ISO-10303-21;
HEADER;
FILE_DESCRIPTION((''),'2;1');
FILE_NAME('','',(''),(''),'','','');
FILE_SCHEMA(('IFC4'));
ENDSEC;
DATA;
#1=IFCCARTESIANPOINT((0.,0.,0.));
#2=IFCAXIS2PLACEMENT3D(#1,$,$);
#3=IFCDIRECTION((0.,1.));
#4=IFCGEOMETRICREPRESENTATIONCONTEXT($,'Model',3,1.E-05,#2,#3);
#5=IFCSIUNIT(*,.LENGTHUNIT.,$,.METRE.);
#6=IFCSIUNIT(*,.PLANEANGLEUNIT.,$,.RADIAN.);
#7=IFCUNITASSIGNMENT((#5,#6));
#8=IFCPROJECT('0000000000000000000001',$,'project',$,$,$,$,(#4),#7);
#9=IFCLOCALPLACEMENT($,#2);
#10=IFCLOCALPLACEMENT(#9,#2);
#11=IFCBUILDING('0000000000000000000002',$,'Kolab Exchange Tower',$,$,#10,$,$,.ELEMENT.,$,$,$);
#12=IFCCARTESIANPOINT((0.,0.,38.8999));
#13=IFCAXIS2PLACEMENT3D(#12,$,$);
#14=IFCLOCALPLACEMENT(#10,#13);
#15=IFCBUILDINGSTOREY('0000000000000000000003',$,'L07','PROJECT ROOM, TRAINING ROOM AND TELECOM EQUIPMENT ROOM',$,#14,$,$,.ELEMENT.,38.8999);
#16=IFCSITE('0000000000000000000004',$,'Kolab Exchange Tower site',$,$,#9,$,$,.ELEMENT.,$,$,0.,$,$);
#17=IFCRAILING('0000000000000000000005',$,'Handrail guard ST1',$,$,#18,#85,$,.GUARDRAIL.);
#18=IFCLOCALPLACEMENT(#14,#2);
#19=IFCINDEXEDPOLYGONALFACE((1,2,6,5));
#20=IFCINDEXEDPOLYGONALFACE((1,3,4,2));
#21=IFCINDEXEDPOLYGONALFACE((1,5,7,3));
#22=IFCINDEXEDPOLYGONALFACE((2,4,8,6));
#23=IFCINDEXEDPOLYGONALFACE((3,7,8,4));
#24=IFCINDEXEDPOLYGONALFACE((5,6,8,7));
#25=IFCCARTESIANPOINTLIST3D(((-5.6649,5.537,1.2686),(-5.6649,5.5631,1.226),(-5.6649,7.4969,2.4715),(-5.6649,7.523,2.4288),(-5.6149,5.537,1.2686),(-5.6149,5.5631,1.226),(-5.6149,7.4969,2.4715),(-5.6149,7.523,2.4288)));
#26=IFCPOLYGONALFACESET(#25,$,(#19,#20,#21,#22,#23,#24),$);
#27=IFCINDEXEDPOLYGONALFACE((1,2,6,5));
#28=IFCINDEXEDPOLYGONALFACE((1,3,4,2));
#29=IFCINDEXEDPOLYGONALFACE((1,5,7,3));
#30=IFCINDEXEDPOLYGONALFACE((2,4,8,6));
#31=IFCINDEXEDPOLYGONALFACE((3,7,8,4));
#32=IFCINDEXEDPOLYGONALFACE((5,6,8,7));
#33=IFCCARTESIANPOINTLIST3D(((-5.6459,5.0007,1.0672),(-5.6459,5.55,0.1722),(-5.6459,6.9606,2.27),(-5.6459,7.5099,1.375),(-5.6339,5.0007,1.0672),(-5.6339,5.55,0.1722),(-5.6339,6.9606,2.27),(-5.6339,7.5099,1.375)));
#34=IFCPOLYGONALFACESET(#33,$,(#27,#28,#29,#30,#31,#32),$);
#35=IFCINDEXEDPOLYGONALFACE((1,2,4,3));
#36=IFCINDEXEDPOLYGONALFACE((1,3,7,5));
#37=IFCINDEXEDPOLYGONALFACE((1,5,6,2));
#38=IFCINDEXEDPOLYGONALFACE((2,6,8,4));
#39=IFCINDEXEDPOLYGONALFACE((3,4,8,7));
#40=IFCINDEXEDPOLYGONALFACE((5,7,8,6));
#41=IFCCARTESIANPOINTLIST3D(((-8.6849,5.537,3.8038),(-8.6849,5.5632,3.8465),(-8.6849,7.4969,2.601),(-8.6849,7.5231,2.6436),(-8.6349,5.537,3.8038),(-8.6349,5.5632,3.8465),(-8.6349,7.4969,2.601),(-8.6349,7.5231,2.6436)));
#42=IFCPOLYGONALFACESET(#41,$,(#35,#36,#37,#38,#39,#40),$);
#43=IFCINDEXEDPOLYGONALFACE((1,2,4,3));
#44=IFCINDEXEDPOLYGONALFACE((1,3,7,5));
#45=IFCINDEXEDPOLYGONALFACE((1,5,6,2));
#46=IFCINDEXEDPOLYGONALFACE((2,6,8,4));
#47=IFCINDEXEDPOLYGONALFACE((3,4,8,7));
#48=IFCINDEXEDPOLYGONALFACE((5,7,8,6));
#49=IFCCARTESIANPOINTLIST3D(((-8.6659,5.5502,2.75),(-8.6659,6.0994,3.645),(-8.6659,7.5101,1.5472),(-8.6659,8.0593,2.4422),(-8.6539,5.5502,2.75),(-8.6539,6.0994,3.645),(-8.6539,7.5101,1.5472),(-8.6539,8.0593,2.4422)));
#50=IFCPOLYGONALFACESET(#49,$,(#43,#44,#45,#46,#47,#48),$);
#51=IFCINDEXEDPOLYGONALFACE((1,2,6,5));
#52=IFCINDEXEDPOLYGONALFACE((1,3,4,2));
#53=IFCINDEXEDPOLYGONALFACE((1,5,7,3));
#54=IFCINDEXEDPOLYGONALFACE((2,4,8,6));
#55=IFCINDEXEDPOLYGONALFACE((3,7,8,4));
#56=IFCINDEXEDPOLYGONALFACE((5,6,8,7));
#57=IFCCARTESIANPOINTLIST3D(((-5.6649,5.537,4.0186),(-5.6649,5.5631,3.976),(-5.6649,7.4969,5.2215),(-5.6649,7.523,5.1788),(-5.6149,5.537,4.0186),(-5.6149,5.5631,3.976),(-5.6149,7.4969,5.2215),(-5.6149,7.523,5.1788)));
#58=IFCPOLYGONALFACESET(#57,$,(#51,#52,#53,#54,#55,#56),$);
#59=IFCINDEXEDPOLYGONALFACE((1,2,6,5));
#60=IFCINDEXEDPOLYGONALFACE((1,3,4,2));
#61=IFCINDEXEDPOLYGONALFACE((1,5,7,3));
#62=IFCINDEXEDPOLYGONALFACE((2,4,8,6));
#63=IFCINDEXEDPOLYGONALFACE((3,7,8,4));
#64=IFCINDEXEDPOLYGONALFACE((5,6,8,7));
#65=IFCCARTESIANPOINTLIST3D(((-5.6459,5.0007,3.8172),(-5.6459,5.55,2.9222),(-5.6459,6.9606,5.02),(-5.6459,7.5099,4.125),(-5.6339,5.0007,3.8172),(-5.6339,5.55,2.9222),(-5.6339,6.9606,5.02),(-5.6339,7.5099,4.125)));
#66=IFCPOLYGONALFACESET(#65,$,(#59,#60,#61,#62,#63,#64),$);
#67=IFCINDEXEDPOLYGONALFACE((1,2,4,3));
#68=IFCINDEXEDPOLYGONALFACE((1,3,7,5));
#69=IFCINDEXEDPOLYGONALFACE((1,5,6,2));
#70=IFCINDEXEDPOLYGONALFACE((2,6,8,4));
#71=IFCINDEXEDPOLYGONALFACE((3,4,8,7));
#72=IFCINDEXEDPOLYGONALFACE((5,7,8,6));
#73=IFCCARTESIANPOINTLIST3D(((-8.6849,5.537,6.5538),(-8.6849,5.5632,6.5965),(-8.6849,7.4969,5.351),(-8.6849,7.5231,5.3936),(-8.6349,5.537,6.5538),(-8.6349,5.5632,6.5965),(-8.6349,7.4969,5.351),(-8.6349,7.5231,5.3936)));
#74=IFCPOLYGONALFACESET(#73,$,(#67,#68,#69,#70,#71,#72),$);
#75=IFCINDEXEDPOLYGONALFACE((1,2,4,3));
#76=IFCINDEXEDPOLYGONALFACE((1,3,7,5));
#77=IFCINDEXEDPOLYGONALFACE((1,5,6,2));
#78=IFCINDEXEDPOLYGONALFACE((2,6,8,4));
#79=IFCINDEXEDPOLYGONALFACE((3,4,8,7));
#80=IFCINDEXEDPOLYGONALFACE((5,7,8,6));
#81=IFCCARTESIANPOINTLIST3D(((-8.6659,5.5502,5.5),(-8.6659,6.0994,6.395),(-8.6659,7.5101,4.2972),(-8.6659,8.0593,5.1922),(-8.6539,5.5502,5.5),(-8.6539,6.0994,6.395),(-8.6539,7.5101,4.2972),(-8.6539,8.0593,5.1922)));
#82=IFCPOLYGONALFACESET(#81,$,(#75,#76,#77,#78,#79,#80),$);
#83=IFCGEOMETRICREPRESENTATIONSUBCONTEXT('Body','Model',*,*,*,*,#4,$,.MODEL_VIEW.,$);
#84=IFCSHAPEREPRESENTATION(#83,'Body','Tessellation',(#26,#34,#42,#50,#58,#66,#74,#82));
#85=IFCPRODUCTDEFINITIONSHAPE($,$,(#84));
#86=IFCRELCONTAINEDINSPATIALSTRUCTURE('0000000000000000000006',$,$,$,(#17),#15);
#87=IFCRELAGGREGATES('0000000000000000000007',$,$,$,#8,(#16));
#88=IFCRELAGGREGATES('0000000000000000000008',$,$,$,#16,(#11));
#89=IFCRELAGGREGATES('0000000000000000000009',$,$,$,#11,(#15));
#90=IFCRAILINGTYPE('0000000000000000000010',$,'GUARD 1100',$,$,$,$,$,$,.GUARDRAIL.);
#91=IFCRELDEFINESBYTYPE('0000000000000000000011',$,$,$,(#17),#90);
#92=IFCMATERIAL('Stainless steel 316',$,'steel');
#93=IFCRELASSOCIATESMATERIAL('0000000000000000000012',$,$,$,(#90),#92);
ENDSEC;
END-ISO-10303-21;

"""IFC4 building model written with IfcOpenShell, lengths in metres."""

from ifc_helpers import new_model, si_unit, direction, frame, frame_2d, origin, origin_2d, place, context, subcontext, project, spatial, rectangle, extrude, material, type_object, element, save


model = new_model("IFC4")

# Units and contexts
model_context = context("Model", 3, precision=1e-05, world=origin(), true_north=direction((0.0, 1.0)))
body_context = subcontext(model_context, "Body", "Model", "MODEL_VIEW")
ifc_project = project(units=[si_unit("LENGTHUNIT", "METRE"), si_unit("PLANEANGLEUNIT", "RADIAN")], contexts=[model_context])

# Site, building, storey
site_placement = place(None, origin())
site = spatial("IfcSite", under=ifc_project, at=site_placement, Name="Kolab Exchange Tower site", CompositionType="ELEMENT", RefElevation=0.0)
building_placement = place(site_placement, origin())
building = spatial("IfcBuilding", under=site, at=building_placement, Name="Kolab Exchange Tower", CompositionType="ELEMENT")
storey_placement = place(building_placement, frame((0.0, 0.0, 38.8999)))
storey = spatial("IfcBuildingStorey", under=building, at=storey_placement, Name="L07", Description="PROJECT ROOM, TRAINING ROOM AND TELECOM EQUIPMENT ROOM", CompositionType="ELEMENT", Elevation=38.8999)

# Railing
ifc_material_1 = material(Name="Stainless steel 316", Category="steel")
railing_type = type_object("IfcRailingType", Name="GUARD 1100", PredefinedType="GUARDRAIL", material=ifc_material_1)
railing_placement = place(storey_placement, frame((-5.6399, 5.55, 0.1721)))
element("IfcRailing", 1, at=railing_placement, inside=storey, type_object=railing_type, Name="Handrail guard ST1", PredefinedType="GUARDRAIL", context=body_context, shape_type="SweptSolid", body=[
    extrude(rectangle(XDim=0.05, YDim=0.05, at=origin_2d()), frame((0.0, 0.0, 1.0752), z_axis=(0.0, 0.852288, 0.523072), x_axis=(-1.0, 0.0, 0.0)), (0.0, 0.0, 1.0), 2.2996),
    extrude(rectangle(XDim=0.012, YDim=1.0501, at=frame_2d((0.0, 0.5251))), frame((0.0, 0.0, 0.0), z_axis=(0.0, 0.852288, 0.523072), x_axis=(-1.0, 0.0, 0.0)), (0.0, 0.0, 1.0), 2.2996),
    extrude(rectangle(XDim=0.05, YDim=0.05, at=origin_2d()), frame((-3.02, 1.96, 2.4502), z_axis=(0.0, -0.852288, 0.523072), x_axis=(1.0, 0.0, 0.0)), (0.0, 0.0, 1.0), 2.2996),
    extrude(rectangle(XDim=0.012, YDim=1.0501, at=frame_2d((0.0, 0.5251))), frame((-3.02, 1.96, 1.375), z_axis=(0.0, -0.852288, 0.523072), x_axis=(1.0, 0.0, 0.0)), (0.0, 0.0, 1.0), 2.2996),
    extrude(rectangle(XDim=0.05, YDim=0.05, at=origin_2d()), frame((0.0, 0.0, 3.8252), z_axis=(0.0, 0.852288, 0.523072), x_axis=(-1.0, 0.0, 0.0)), (0.0, 0.0, 1.0), 2.2996),
    extrude(rectangle(XDim=0.012, YDim=1.0501, at=frame_2d((0.0, 0.5251))), frame((0.0, 0.0, 2.75), z_axis=(0.0, 0.852288, 0.523072), x_axis=(-1.0, 0.0, 0.0)), (0.0, 0.0, 1.0), 2.2996),
    extrude(rectangle(XDim=0.05, YDim=0.05, at=origin_2d()), frame((-3.02, 1.96, 5.2002), z_axis=(0.0, -0.852288, 0.523072), x_axis=(1.0, 0.0, 0.0)), (0.0, 0.0, 1.0), 2.2996),
    extrude(rectangle(XDim=0.012, YDim=1.0501, at=frame_2d((0.0, 0.5251))), frame((-3.02, 1.96, 4.125), z_axis=(0.0, -0.852288, 0.523072), x_axis=(1.0, 0.0, 0.0)), (0.0, 0.0, 1.0), 2.2996),
])

save(model, "model.ifc")
